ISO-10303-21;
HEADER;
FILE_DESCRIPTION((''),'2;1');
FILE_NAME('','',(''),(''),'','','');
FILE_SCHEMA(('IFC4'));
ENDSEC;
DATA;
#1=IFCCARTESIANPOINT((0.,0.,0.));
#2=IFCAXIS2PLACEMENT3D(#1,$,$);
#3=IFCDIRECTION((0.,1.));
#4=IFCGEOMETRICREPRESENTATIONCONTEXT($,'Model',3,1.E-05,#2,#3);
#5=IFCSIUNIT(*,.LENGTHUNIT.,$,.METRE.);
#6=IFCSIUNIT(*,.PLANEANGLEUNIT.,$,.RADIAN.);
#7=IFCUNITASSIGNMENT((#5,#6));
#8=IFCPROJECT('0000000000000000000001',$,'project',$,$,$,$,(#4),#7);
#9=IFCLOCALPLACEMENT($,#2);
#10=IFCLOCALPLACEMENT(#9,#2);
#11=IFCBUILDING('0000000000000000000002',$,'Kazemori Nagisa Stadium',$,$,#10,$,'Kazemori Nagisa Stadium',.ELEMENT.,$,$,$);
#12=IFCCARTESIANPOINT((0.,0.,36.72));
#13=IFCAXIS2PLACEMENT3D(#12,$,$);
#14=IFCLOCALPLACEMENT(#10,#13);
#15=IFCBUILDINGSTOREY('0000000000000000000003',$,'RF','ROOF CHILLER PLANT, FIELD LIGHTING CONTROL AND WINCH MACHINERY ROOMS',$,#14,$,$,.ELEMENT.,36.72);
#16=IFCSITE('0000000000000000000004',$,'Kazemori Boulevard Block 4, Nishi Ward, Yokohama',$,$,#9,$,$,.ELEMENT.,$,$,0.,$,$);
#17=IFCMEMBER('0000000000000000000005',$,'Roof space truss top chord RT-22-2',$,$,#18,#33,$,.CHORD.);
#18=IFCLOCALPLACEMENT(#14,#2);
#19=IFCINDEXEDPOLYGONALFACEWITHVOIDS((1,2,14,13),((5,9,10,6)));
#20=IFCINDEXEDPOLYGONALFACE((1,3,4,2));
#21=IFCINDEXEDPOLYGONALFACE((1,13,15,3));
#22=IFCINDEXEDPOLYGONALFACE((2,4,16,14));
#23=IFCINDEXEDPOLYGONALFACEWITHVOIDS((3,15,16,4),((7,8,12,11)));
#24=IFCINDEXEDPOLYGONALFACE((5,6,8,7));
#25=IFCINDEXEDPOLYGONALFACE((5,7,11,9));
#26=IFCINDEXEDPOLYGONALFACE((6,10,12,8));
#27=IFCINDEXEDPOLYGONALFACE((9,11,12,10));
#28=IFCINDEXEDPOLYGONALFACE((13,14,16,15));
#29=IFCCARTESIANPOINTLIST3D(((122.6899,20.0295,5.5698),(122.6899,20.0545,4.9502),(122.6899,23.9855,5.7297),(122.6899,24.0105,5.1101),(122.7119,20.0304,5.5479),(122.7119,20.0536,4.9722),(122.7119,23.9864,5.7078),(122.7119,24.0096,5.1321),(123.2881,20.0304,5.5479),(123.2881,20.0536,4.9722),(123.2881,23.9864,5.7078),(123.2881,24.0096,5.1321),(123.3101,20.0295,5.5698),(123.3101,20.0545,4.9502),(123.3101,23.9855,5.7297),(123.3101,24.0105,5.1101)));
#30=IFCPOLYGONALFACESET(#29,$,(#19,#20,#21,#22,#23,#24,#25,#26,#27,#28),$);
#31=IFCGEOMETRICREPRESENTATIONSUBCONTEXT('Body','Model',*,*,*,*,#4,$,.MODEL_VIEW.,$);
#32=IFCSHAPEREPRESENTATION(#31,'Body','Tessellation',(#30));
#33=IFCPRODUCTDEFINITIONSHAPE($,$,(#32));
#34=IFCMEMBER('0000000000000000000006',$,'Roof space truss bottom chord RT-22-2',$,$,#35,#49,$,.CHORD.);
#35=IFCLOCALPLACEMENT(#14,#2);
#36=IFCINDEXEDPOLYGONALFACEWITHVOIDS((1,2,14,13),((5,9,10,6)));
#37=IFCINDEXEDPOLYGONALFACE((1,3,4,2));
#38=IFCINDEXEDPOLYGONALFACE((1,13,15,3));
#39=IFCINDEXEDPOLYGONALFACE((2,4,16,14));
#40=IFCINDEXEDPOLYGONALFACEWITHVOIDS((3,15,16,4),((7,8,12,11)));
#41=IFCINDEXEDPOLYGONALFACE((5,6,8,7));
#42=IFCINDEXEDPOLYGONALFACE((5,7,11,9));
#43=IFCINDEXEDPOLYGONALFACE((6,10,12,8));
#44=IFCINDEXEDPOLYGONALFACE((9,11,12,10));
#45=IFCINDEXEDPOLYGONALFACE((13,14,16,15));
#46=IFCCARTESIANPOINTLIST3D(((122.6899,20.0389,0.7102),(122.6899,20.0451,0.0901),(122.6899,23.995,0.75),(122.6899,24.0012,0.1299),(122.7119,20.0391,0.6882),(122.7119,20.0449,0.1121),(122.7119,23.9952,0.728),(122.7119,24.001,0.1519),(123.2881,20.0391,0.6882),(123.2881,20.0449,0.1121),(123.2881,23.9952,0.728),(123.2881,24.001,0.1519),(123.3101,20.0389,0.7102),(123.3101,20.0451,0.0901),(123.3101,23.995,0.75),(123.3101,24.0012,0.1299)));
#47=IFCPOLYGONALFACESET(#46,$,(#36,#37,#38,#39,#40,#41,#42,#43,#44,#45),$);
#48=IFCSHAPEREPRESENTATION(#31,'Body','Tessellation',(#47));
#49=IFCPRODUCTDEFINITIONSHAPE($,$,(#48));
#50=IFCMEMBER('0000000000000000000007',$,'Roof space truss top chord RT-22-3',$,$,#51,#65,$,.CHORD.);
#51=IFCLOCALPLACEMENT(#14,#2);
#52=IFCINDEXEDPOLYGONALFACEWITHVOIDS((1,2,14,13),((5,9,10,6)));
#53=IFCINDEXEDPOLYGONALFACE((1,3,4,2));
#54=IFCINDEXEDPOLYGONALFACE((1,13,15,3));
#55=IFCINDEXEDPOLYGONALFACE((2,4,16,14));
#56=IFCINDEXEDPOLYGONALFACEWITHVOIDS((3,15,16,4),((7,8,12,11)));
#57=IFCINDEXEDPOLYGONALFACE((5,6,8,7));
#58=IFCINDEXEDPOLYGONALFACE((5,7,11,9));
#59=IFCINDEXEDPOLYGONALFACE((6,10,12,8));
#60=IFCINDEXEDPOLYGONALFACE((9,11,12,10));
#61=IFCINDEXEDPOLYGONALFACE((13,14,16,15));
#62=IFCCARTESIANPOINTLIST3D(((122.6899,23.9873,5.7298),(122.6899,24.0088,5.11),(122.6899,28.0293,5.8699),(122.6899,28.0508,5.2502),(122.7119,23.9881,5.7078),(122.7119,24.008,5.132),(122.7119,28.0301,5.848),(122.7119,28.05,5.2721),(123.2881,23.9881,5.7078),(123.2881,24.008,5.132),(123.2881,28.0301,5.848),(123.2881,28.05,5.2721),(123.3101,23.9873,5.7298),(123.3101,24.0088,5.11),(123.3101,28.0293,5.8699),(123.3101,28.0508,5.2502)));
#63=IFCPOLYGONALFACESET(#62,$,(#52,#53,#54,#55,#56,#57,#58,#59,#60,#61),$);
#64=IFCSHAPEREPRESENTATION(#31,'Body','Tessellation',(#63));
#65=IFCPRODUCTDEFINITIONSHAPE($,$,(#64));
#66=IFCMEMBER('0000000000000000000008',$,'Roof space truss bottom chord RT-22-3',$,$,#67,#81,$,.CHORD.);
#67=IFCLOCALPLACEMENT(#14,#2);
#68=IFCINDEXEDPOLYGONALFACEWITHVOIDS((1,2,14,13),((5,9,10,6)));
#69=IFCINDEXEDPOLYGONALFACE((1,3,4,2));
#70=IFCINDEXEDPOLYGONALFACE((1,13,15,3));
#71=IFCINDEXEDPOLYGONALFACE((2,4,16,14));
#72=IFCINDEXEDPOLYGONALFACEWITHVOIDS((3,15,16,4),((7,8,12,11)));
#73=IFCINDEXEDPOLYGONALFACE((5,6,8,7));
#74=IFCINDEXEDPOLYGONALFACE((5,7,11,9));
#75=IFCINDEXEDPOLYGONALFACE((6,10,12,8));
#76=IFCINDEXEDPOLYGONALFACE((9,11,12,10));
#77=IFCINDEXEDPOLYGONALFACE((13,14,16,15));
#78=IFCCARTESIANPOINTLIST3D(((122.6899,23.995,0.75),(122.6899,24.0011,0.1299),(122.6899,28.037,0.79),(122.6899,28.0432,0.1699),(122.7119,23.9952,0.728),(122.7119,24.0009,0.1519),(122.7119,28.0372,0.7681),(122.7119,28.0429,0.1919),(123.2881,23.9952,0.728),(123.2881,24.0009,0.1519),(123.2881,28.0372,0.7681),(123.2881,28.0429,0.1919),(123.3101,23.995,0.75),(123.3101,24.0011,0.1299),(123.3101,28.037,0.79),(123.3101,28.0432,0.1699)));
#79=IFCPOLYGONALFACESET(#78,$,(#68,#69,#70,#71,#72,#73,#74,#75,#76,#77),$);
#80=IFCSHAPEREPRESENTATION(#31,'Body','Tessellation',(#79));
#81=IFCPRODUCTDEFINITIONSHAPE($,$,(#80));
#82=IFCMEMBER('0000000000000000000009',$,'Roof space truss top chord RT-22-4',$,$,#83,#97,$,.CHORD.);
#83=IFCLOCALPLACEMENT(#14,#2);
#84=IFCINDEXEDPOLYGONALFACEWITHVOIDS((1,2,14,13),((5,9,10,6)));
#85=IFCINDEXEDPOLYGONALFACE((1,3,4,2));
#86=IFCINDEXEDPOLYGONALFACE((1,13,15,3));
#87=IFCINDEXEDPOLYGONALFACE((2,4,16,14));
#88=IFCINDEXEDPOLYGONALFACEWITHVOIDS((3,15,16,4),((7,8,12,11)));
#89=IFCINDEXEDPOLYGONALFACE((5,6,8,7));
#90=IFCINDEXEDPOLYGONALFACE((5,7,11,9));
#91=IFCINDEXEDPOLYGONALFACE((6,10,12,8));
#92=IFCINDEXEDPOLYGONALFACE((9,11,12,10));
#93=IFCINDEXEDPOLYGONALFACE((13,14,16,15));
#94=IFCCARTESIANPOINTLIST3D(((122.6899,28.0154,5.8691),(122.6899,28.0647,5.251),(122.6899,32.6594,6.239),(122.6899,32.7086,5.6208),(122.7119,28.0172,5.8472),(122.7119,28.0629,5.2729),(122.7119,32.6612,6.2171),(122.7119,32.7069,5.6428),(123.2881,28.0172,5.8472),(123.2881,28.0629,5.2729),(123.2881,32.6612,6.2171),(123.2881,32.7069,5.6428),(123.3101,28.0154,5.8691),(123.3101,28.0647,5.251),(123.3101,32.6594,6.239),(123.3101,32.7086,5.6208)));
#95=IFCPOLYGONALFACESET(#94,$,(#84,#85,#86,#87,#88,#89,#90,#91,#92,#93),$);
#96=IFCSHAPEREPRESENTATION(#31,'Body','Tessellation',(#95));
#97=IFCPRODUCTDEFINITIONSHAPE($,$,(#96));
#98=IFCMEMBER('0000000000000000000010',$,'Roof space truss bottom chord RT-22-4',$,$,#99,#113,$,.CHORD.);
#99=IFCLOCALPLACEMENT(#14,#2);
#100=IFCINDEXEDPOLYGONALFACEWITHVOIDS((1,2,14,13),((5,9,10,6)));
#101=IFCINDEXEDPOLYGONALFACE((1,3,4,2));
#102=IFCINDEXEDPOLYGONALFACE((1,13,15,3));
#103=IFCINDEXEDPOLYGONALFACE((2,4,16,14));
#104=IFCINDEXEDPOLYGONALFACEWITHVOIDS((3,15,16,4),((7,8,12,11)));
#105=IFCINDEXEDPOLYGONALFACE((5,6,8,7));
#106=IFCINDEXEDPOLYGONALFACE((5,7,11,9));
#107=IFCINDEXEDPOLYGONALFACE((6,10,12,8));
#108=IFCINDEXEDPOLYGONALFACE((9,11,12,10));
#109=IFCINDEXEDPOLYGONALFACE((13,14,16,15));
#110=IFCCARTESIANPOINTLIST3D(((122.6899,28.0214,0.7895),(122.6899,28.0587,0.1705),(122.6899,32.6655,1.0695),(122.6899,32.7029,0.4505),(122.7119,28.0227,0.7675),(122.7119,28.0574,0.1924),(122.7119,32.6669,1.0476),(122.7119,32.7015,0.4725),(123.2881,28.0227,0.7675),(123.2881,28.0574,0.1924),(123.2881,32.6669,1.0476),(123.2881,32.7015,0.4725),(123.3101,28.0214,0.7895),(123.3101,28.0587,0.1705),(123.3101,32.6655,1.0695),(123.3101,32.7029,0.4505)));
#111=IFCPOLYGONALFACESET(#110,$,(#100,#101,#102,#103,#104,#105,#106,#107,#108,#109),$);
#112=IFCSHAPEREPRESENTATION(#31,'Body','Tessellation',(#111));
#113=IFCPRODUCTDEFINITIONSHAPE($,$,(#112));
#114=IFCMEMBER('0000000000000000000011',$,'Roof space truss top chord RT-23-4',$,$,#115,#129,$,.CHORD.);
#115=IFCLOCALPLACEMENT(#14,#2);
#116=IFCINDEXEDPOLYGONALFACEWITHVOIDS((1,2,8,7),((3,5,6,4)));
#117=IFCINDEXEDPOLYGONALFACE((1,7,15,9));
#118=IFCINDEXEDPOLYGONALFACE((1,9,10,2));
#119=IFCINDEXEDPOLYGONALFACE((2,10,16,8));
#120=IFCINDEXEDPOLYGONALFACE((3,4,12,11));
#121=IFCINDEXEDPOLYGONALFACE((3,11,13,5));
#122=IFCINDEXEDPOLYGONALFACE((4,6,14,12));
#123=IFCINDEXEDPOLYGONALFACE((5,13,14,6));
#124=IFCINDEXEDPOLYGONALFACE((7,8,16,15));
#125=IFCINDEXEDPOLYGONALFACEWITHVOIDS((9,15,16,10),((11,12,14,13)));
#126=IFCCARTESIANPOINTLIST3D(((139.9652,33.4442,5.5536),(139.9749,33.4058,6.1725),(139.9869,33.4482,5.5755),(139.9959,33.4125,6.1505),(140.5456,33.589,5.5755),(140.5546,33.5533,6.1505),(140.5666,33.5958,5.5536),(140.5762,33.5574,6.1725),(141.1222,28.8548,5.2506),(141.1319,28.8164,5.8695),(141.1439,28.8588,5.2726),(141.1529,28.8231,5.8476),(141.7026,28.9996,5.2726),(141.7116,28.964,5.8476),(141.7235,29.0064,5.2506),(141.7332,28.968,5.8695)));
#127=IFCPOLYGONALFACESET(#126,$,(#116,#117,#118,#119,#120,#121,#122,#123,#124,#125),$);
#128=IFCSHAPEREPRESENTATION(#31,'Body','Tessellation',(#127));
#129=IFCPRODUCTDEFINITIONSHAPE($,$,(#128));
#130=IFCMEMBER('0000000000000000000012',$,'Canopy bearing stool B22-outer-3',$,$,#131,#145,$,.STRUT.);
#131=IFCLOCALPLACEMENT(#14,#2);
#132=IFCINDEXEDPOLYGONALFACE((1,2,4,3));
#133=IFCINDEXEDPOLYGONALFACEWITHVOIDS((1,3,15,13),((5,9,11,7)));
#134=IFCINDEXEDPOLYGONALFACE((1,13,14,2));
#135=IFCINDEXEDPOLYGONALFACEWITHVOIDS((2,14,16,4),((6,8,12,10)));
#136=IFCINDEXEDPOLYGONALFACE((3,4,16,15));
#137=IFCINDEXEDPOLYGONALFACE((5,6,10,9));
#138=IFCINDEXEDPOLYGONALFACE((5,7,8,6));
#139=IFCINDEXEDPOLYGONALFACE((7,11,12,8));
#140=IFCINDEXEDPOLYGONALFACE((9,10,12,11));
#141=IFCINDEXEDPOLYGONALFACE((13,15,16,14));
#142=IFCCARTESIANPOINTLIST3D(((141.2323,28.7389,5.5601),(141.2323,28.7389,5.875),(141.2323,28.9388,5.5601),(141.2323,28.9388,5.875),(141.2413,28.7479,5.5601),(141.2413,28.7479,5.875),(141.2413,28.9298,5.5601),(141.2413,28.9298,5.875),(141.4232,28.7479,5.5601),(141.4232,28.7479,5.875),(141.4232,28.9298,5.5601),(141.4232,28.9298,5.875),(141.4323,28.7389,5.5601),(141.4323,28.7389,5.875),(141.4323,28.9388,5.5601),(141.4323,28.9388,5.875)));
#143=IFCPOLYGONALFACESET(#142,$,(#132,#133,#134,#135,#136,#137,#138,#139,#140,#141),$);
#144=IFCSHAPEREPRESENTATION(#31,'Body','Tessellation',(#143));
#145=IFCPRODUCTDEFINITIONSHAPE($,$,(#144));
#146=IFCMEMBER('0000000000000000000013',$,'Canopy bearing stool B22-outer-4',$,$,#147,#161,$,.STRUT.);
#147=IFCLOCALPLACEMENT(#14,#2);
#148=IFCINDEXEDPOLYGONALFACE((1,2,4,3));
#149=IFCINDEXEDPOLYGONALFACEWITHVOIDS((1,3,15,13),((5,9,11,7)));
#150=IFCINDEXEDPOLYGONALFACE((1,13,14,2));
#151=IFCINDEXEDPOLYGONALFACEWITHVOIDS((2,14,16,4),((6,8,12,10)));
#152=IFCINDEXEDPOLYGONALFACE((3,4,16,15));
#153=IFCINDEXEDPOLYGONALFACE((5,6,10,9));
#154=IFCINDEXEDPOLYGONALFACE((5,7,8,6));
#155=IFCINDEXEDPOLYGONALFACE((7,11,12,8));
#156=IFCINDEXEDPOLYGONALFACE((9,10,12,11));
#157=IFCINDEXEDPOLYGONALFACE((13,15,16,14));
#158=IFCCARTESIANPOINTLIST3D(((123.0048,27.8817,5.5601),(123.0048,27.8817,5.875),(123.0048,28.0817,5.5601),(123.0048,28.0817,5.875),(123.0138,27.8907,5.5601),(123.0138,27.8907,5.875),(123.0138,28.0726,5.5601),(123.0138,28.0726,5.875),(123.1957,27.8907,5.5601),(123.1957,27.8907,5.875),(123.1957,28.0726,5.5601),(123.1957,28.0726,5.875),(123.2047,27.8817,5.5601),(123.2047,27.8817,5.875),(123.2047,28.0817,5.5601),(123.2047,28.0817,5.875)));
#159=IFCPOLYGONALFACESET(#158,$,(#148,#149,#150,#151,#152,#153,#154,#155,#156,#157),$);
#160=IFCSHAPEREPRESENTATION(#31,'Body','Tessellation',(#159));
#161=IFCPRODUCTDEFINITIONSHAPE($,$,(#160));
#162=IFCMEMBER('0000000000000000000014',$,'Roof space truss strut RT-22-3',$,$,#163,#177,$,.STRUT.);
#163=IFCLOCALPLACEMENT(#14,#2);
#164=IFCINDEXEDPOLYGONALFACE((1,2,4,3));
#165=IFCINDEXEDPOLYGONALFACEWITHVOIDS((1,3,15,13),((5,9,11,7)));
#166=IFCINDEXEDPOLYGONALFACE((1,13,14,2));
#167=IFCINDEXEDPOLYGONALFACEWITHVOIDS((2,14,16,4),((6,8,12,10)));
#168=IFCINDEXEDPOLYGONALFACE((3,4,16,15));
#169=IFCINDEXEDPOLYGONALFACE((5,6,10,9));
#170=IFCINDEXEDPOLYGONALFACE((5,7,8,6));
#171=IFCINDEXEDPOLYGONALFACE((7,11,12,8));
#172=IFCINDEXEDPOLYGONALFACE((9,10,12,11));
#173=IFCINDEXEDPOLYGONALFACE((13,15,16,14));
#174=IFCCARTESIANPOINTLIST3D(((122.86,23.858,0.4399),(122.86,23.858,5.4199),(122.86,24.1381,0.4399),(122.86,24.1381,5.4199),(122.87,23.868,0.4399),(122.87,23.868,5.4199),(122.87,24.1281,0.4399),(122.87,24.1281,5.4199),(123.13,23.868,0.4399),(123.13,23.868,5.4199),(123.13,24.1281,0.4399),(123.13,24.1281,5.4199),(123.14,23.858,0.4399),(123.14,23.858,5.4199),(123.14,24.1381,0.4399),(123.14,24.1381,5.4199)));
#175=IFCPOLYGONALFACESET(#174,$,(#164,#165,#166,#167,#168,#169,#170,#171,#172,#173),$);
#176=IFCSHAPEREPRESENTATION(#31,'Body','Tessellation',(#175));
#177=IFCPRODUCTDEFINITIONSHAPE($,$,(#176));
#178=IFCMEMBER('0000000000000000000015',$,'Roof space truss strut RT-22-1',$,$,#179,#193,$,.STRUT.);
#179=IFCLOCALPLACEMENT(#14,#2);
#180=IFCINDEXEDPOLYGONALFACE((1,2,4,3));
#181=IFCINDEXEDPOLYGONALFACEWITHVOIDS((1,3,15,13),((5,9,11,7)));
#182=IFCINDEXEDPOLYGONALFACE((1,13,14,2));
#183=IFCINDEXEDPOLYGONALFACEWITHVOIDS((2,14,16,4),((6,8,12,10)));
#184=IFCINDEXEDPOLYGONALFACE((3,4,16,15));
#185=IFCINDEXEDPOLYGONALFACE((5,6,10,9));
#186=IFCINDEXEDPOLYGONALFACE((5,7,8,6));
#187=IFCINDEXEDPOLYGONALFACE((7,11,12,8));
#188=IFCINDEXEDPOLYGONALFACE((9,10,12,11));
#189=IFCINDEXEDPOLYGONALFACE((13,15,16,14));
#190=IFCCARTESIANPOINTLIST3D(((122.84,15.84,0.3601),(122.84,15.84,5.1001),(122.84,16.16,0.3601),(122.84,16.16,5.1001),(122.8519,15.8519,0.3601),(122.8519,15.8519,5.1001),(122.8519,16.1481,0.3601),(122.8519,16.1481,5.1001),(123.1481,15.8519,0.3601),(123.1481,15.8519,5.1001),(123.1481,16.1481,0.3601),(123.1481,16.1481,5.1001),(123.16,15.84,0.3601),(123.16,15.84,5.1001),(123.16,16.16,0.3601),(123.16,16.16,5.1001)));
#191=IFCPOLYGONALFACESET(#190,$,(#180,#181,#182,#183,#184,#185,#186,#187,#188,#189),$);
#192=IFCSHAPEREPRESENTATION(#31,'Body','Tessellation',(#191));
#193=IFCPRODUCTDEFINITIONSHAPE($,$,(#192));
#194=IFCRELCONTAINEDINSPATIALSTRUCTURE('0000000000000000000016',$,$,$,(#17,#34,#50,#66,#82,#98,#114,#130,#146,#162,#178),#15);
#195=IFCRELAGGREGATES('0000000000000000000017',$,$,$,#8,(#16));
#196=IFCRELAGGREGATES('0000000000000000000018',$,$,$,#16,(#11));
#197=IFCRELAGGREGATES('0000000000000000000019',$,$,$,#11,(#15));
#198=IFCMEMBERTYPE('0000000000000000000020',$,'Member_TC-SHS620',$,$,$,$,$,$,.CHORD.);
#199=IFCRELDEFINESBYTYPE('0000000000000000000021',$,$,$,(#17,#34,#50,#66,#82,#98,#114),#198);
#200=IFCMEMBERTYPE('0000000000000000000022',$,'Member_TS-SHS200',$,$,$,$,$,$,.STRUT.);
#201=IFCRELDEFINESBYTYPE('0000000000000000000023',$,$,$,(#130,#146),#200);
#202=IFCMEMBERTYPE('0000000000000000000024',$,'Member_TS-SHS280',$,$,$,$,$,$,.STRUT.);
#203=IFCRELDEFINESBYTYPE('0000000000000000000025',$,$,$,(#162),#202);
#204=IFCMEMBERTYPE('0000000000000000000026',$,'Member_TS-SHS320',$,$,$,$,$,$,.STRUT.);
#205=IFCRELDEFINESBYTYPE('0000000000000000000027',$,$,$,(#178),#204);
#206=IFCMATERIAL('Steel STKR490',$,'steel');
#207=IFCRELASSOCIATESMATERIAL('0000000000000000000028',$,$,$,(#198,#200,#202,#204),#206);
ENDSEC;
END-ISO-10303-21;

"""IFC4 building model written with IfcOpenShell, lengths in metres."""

from ifc_helpers import new_model, si_unit, direction, frame, origin, origin_2d, place, context, subcontext, project, spatial, hollow_rectangle, extrude, material, material_profile, profile_set, type_object, element, save


model = new_model("IFC4")

# Units and contexts
model_context = context("Model", 3, precision=1e-05, world=origin(), true_north=direction((0.0, 1.0)))
body_context = subcontext(model_context, "Body", "Model", "MODEL_VIEW")
ifc_project = project(units=[si_unit("LENGTHUNIT", "METRE"), si_unit("PLANEANGLEUNIT", "RADIAN")], contexts=[model_context])

# Site, building, storey
site_placement = place(None, origin())
site = spatial("IfcSite", under=ifc_project, at=site_placement, Name="Kazemori Boulevard Block 4, Nishi Ward, Yokohama", CompositionType="ELEMENT", RefElevation=0.0)
building_placement = place(site_placement, origin())
building = spatial("IfcBuilding", under=site, at=building_placement, Name="Kazemori Nagisa Stadium", LongName="Kazemori Nagisa Stadium", CompositionType="ELEMENT")
storey_placement = place(building_placement, frame((0.0, 0.0, 36.72)))
storey = spatial("IfcBuildingStorey", under=building, at=storey_placement, Name="RF", Description="ROOF CHILLER PLANT, FIELD LIGHTING CONTROL AND WINCH MACHINERY ROOMS", CompositionType="ELEMENT", Elevation=36.72)

# Members
ifc_material_1 = material(Name="Steel STKR490", Category="steel")
ifc_material_profile_1 = material_profile(ifc_material_1, hollow_rectangle(XDim=0.6201, YDim=0.6201, WallThickness=0.022, at=origin_2d()), Name="SHS-620x620x22")
ifc_profile_set_1 = profile_set([ifc_material_profile_1], Name="Steel STKR490")
member_type_1 = type_object("IfcMemberType", Name="Member_TC-SHS620", PredefinedType="CHORD", material=ifc_profile_set_1)
member_1_placement = place(storey_placement, frame((123.0, 20.042, 5.26), z_axis=(0.0, 0.999184, 0.040389), x_axis=(-1.0, 0.0, 0.0)))
element("IfcMember", 1, at=member_1_placement, inside=storey, type_object=member_type_1, Name="Roof space truss top chord RT-22-2", PredefinedType="CHORD", context=body_context, shape_type="SweptSolid", body=[
    extrude(hollow_rectangle(XDim=0.6201, YDim=0.6201, WallThickness=0.022, at=origin_2d()), origin(), (0.0, 0.0, 1.0), 3.9592),
])
member_2_placement = place(storey_placement, frame((123.0, 20.042, 0.4001), z_axis=(0.0, 0.999949, 0.010059), x_axis=(-1.0, 0.0, 0.0)))
element("IfcMember", 2, at=member_2_placement, inside=storey, type_object=member_type_1, Name="Roof space truss bottom chord RT-22-2", PredefinedType="CHORD", context=body_context, shape_type="SweptSolid", body=[
    extrude(hollow_rectangle(XDim=0.6201, YDim=0.6201, WallThickness=0.022, at=origin_2d()), origin(), (0.0, 0.0, 1.0), 3.9563),
])
member_3_placement = place(storey_placement, frame((123.0, 23.998, 5.4199), z_axis=(0.0, 0.9994, 0.034649), x_axis=(-1.0, 0.0, 0.0)))
element("IfcMember", 3, at=member_3_placement, inside=storey, type_object=member_type_1, Name="Roof space truss top chord RT-22-3", PredefinedType="CHORD", context=body_context, shape_type="SweptSolid", body=[
    extrude(hollow_rectangle(XDim=0.6201, YDim=0.6201, WallThickness=0.022, at=origin_2d()), origin(), (0.0, 0.0, 1.0), 4.0444),
])
member_4_placement = place(storey_placement, frame((123.0, 23.998, 0.4399), z_axis=(0.0, 0.999951, 0.009905), x_axis=(-1.0, 0.0, 0.0)))
element("IfcMember", 4, at=member_4_placement, inside=storey, type_object=member_type_1, Name="Roof space truss bottom chord RT-22-3", PredefinedType="CHORD", context=body_context, shape_type="SweptSolid", body=[
    extrude(hollow_rectangle(XDim=0.6201, YDim=0.6201, WallThickness=0.022, at=origin_2d()), origin(), (0.0, 0.0, 1.0), 4.0422),
])
member_5_placement = place(storey_placement, frame((123.0, 28.04, 5.5601), z_axis=(0.0, 0.996843, 0.079393), x_axis=(-1.0, 0.0, 0.0)))
element("IfcMember", 5, at=member_5_placement, inside=storey, type_object=member_type_1, Name="Roof space truss top chord RT-22-4", PredefinedType="CHORD", context=body_context, shape_type="SweptSolid", body=[
    extrude(hollow_rectangle(XDim=0.6201, YDim=0.6201, WallThickness=0.022, at=origin_2d()), origin(), (0.0, 0.0, 1.0), 4.6587),
])
member_6_placement = place(storey_placement, frame((123.0, 28.04, 0.48), z_axis=(0.0, 0.998187, 0.060189), x_axis=(-1.0, 0.0, 0.0)))
element("IfcMember", 6, at=member_6_placement, inside=storey, type_object=member_type_1, Name="Roof space truss bottom chord RT-22-4", PredefinedType="CHORD", context=body_context, shape_type="SweptSolid", body=[
    extrude(hollow_rectangle(XDim=0.6201, YDim=0.6201, WallThickness=0.022, at=origin_2d()), origin(), (0.0, 0.0, 1.0), 4.6526),
])
member_7_placement = place(storey_placement, frame((141.4277, 28.9114, 5.5601), z_axis=(-0.243953, 0.96768, 0.063884), x_axis=(-0.969661, -0.244453, 0.0)))
element("IfcMember", 7, at=member_7_placement, inside=storey, type_object=member_type_1, Name="Roof space truss top chord RT-23-4", PredefinedType="CHORD", context=body_context, shape_type="SweptSolid", body=[
    extrude(hollow_rectangle(XDim=0.6201, YDim=0.6201, WallThickness=0.022, at=origin_2d()), origin(), (0.0, 0.0, 1.0), 4.7427),
])
ifc_material_profile_2 = material_profile(ifc_material_1, hollow_rectangle(XDim=0.2, YDim=0.2, WallThickness=0.009, at=origin_2d()), Name="SHS-200x200x9")
ifc_profile_set_2 = profile_set([ifc_material_profile_2], Name="Steel STKR490")
member_type_2 = type_object("IfcMemberType", Name="Member_TS-SHS200", PredefinedType="STRUT", material=ifc_profile_set_2)
for number, where, z_axis, x_axis, name in (
    (8, (141.3323, 28.8389, 5.5601), (0.0, 0.0, 1.0), (1.0, 0.0, 0.0), "Canopy bearing stool B22-outer-3"),
    (9, (123.1047, 27.9817, 5.5601), (0.0, 0.0, 1.0), (1.0, 0.0, 0.0), "Canopy bearing stool B22-outer-4"),
):
    element("IfcMember", number, at=place(storey_placement, frame(where, z_axis=z_axis, x_axis=x_axis)), inside=storey, type_object=member_type_2, Name=name, PredefinedType="STRUT", context=body_context, shape_type="SweptSolid", body=[
        extrude(hollow_rectangle(XDim=0.2, YDim=0.2, WallThickness=0.009, at=origin_2d()), origin(), (0.0, 0.0, 1.0), 0.3149),
    ])
ifc_material_profile_3 = material_profile(ifc_material_1, hollow_rectangle(XDim=0.28, YDim=0.28, WallThickness=0.01, at=origin_2d()), Name="SHS-280x280x10")
ifc_profile_set_3 = profile_set([ifc_material_profile_3], Name="Steel STKR490")
member_type_3 = type_object("IfcMemberType", Name="Member_TS-SHS280", PredefinedType="STRUT", material=ifc_profile_set_3)
member_8_placement = place(storey_placement, frame((123.0, 23.998, 0.4399), z_axis=(0.0, 0.0, 1.0), x_axis=(1.0, 0.0, 0.0)))
element("IfcMember", 10, at=member_8_placement, inside=storey, type_object=member_type_3, Name="Roof space truss strut RT-22-3", PredefinedType="STRUT", context=body_context, shape_type="SweptSolid", body=[
    extrude(hollow_rectangle(XDim=0.28, YDim=0.28, WallThickness=0.01, at=origin_2d()), origin(), (0.0, 0.0, 1.0), 4.98),
])
ifc_material_profile_4 = material_profile(ifc_material_1, hollow_rectangle(XDim=0.3201, YDim=0.3201, WallThickness=0.012, at=origin_2d()), Name="SHS-320x320x12")
ifc_profile_set_4 = profile_set([ifc_material_profile_4], Name="Steel STKR490")
member_type_4 = type_object("IfcMemberType", Name="Member_TS-SHS320", PredefinedType="STRUT", material=ifc_profile_set_4)
member_9_placement = place(storey_placement, frame((123.0, 16.0, 0.3601), z_axis=(0.0, 0.0, 1.0), x_axis=(1.0, 0.0, 0.0)))
element("IfcMember", 11, at=member_9_placement, inside=storey, type_object=member_type_4, Name="Roof space truss strut RT-22-1", PredefinedType="STRUT", context=body_context, shape_type="SweptSolid", body=[
    extrude(hollow_rectangle(XDim=0.3201, YDim=0.3201, WallThickness=0.012, at=origin_2d()), origin(), (0.0, 0.0, 1.0), 4.74),
])

save(model, "model.ifc")
